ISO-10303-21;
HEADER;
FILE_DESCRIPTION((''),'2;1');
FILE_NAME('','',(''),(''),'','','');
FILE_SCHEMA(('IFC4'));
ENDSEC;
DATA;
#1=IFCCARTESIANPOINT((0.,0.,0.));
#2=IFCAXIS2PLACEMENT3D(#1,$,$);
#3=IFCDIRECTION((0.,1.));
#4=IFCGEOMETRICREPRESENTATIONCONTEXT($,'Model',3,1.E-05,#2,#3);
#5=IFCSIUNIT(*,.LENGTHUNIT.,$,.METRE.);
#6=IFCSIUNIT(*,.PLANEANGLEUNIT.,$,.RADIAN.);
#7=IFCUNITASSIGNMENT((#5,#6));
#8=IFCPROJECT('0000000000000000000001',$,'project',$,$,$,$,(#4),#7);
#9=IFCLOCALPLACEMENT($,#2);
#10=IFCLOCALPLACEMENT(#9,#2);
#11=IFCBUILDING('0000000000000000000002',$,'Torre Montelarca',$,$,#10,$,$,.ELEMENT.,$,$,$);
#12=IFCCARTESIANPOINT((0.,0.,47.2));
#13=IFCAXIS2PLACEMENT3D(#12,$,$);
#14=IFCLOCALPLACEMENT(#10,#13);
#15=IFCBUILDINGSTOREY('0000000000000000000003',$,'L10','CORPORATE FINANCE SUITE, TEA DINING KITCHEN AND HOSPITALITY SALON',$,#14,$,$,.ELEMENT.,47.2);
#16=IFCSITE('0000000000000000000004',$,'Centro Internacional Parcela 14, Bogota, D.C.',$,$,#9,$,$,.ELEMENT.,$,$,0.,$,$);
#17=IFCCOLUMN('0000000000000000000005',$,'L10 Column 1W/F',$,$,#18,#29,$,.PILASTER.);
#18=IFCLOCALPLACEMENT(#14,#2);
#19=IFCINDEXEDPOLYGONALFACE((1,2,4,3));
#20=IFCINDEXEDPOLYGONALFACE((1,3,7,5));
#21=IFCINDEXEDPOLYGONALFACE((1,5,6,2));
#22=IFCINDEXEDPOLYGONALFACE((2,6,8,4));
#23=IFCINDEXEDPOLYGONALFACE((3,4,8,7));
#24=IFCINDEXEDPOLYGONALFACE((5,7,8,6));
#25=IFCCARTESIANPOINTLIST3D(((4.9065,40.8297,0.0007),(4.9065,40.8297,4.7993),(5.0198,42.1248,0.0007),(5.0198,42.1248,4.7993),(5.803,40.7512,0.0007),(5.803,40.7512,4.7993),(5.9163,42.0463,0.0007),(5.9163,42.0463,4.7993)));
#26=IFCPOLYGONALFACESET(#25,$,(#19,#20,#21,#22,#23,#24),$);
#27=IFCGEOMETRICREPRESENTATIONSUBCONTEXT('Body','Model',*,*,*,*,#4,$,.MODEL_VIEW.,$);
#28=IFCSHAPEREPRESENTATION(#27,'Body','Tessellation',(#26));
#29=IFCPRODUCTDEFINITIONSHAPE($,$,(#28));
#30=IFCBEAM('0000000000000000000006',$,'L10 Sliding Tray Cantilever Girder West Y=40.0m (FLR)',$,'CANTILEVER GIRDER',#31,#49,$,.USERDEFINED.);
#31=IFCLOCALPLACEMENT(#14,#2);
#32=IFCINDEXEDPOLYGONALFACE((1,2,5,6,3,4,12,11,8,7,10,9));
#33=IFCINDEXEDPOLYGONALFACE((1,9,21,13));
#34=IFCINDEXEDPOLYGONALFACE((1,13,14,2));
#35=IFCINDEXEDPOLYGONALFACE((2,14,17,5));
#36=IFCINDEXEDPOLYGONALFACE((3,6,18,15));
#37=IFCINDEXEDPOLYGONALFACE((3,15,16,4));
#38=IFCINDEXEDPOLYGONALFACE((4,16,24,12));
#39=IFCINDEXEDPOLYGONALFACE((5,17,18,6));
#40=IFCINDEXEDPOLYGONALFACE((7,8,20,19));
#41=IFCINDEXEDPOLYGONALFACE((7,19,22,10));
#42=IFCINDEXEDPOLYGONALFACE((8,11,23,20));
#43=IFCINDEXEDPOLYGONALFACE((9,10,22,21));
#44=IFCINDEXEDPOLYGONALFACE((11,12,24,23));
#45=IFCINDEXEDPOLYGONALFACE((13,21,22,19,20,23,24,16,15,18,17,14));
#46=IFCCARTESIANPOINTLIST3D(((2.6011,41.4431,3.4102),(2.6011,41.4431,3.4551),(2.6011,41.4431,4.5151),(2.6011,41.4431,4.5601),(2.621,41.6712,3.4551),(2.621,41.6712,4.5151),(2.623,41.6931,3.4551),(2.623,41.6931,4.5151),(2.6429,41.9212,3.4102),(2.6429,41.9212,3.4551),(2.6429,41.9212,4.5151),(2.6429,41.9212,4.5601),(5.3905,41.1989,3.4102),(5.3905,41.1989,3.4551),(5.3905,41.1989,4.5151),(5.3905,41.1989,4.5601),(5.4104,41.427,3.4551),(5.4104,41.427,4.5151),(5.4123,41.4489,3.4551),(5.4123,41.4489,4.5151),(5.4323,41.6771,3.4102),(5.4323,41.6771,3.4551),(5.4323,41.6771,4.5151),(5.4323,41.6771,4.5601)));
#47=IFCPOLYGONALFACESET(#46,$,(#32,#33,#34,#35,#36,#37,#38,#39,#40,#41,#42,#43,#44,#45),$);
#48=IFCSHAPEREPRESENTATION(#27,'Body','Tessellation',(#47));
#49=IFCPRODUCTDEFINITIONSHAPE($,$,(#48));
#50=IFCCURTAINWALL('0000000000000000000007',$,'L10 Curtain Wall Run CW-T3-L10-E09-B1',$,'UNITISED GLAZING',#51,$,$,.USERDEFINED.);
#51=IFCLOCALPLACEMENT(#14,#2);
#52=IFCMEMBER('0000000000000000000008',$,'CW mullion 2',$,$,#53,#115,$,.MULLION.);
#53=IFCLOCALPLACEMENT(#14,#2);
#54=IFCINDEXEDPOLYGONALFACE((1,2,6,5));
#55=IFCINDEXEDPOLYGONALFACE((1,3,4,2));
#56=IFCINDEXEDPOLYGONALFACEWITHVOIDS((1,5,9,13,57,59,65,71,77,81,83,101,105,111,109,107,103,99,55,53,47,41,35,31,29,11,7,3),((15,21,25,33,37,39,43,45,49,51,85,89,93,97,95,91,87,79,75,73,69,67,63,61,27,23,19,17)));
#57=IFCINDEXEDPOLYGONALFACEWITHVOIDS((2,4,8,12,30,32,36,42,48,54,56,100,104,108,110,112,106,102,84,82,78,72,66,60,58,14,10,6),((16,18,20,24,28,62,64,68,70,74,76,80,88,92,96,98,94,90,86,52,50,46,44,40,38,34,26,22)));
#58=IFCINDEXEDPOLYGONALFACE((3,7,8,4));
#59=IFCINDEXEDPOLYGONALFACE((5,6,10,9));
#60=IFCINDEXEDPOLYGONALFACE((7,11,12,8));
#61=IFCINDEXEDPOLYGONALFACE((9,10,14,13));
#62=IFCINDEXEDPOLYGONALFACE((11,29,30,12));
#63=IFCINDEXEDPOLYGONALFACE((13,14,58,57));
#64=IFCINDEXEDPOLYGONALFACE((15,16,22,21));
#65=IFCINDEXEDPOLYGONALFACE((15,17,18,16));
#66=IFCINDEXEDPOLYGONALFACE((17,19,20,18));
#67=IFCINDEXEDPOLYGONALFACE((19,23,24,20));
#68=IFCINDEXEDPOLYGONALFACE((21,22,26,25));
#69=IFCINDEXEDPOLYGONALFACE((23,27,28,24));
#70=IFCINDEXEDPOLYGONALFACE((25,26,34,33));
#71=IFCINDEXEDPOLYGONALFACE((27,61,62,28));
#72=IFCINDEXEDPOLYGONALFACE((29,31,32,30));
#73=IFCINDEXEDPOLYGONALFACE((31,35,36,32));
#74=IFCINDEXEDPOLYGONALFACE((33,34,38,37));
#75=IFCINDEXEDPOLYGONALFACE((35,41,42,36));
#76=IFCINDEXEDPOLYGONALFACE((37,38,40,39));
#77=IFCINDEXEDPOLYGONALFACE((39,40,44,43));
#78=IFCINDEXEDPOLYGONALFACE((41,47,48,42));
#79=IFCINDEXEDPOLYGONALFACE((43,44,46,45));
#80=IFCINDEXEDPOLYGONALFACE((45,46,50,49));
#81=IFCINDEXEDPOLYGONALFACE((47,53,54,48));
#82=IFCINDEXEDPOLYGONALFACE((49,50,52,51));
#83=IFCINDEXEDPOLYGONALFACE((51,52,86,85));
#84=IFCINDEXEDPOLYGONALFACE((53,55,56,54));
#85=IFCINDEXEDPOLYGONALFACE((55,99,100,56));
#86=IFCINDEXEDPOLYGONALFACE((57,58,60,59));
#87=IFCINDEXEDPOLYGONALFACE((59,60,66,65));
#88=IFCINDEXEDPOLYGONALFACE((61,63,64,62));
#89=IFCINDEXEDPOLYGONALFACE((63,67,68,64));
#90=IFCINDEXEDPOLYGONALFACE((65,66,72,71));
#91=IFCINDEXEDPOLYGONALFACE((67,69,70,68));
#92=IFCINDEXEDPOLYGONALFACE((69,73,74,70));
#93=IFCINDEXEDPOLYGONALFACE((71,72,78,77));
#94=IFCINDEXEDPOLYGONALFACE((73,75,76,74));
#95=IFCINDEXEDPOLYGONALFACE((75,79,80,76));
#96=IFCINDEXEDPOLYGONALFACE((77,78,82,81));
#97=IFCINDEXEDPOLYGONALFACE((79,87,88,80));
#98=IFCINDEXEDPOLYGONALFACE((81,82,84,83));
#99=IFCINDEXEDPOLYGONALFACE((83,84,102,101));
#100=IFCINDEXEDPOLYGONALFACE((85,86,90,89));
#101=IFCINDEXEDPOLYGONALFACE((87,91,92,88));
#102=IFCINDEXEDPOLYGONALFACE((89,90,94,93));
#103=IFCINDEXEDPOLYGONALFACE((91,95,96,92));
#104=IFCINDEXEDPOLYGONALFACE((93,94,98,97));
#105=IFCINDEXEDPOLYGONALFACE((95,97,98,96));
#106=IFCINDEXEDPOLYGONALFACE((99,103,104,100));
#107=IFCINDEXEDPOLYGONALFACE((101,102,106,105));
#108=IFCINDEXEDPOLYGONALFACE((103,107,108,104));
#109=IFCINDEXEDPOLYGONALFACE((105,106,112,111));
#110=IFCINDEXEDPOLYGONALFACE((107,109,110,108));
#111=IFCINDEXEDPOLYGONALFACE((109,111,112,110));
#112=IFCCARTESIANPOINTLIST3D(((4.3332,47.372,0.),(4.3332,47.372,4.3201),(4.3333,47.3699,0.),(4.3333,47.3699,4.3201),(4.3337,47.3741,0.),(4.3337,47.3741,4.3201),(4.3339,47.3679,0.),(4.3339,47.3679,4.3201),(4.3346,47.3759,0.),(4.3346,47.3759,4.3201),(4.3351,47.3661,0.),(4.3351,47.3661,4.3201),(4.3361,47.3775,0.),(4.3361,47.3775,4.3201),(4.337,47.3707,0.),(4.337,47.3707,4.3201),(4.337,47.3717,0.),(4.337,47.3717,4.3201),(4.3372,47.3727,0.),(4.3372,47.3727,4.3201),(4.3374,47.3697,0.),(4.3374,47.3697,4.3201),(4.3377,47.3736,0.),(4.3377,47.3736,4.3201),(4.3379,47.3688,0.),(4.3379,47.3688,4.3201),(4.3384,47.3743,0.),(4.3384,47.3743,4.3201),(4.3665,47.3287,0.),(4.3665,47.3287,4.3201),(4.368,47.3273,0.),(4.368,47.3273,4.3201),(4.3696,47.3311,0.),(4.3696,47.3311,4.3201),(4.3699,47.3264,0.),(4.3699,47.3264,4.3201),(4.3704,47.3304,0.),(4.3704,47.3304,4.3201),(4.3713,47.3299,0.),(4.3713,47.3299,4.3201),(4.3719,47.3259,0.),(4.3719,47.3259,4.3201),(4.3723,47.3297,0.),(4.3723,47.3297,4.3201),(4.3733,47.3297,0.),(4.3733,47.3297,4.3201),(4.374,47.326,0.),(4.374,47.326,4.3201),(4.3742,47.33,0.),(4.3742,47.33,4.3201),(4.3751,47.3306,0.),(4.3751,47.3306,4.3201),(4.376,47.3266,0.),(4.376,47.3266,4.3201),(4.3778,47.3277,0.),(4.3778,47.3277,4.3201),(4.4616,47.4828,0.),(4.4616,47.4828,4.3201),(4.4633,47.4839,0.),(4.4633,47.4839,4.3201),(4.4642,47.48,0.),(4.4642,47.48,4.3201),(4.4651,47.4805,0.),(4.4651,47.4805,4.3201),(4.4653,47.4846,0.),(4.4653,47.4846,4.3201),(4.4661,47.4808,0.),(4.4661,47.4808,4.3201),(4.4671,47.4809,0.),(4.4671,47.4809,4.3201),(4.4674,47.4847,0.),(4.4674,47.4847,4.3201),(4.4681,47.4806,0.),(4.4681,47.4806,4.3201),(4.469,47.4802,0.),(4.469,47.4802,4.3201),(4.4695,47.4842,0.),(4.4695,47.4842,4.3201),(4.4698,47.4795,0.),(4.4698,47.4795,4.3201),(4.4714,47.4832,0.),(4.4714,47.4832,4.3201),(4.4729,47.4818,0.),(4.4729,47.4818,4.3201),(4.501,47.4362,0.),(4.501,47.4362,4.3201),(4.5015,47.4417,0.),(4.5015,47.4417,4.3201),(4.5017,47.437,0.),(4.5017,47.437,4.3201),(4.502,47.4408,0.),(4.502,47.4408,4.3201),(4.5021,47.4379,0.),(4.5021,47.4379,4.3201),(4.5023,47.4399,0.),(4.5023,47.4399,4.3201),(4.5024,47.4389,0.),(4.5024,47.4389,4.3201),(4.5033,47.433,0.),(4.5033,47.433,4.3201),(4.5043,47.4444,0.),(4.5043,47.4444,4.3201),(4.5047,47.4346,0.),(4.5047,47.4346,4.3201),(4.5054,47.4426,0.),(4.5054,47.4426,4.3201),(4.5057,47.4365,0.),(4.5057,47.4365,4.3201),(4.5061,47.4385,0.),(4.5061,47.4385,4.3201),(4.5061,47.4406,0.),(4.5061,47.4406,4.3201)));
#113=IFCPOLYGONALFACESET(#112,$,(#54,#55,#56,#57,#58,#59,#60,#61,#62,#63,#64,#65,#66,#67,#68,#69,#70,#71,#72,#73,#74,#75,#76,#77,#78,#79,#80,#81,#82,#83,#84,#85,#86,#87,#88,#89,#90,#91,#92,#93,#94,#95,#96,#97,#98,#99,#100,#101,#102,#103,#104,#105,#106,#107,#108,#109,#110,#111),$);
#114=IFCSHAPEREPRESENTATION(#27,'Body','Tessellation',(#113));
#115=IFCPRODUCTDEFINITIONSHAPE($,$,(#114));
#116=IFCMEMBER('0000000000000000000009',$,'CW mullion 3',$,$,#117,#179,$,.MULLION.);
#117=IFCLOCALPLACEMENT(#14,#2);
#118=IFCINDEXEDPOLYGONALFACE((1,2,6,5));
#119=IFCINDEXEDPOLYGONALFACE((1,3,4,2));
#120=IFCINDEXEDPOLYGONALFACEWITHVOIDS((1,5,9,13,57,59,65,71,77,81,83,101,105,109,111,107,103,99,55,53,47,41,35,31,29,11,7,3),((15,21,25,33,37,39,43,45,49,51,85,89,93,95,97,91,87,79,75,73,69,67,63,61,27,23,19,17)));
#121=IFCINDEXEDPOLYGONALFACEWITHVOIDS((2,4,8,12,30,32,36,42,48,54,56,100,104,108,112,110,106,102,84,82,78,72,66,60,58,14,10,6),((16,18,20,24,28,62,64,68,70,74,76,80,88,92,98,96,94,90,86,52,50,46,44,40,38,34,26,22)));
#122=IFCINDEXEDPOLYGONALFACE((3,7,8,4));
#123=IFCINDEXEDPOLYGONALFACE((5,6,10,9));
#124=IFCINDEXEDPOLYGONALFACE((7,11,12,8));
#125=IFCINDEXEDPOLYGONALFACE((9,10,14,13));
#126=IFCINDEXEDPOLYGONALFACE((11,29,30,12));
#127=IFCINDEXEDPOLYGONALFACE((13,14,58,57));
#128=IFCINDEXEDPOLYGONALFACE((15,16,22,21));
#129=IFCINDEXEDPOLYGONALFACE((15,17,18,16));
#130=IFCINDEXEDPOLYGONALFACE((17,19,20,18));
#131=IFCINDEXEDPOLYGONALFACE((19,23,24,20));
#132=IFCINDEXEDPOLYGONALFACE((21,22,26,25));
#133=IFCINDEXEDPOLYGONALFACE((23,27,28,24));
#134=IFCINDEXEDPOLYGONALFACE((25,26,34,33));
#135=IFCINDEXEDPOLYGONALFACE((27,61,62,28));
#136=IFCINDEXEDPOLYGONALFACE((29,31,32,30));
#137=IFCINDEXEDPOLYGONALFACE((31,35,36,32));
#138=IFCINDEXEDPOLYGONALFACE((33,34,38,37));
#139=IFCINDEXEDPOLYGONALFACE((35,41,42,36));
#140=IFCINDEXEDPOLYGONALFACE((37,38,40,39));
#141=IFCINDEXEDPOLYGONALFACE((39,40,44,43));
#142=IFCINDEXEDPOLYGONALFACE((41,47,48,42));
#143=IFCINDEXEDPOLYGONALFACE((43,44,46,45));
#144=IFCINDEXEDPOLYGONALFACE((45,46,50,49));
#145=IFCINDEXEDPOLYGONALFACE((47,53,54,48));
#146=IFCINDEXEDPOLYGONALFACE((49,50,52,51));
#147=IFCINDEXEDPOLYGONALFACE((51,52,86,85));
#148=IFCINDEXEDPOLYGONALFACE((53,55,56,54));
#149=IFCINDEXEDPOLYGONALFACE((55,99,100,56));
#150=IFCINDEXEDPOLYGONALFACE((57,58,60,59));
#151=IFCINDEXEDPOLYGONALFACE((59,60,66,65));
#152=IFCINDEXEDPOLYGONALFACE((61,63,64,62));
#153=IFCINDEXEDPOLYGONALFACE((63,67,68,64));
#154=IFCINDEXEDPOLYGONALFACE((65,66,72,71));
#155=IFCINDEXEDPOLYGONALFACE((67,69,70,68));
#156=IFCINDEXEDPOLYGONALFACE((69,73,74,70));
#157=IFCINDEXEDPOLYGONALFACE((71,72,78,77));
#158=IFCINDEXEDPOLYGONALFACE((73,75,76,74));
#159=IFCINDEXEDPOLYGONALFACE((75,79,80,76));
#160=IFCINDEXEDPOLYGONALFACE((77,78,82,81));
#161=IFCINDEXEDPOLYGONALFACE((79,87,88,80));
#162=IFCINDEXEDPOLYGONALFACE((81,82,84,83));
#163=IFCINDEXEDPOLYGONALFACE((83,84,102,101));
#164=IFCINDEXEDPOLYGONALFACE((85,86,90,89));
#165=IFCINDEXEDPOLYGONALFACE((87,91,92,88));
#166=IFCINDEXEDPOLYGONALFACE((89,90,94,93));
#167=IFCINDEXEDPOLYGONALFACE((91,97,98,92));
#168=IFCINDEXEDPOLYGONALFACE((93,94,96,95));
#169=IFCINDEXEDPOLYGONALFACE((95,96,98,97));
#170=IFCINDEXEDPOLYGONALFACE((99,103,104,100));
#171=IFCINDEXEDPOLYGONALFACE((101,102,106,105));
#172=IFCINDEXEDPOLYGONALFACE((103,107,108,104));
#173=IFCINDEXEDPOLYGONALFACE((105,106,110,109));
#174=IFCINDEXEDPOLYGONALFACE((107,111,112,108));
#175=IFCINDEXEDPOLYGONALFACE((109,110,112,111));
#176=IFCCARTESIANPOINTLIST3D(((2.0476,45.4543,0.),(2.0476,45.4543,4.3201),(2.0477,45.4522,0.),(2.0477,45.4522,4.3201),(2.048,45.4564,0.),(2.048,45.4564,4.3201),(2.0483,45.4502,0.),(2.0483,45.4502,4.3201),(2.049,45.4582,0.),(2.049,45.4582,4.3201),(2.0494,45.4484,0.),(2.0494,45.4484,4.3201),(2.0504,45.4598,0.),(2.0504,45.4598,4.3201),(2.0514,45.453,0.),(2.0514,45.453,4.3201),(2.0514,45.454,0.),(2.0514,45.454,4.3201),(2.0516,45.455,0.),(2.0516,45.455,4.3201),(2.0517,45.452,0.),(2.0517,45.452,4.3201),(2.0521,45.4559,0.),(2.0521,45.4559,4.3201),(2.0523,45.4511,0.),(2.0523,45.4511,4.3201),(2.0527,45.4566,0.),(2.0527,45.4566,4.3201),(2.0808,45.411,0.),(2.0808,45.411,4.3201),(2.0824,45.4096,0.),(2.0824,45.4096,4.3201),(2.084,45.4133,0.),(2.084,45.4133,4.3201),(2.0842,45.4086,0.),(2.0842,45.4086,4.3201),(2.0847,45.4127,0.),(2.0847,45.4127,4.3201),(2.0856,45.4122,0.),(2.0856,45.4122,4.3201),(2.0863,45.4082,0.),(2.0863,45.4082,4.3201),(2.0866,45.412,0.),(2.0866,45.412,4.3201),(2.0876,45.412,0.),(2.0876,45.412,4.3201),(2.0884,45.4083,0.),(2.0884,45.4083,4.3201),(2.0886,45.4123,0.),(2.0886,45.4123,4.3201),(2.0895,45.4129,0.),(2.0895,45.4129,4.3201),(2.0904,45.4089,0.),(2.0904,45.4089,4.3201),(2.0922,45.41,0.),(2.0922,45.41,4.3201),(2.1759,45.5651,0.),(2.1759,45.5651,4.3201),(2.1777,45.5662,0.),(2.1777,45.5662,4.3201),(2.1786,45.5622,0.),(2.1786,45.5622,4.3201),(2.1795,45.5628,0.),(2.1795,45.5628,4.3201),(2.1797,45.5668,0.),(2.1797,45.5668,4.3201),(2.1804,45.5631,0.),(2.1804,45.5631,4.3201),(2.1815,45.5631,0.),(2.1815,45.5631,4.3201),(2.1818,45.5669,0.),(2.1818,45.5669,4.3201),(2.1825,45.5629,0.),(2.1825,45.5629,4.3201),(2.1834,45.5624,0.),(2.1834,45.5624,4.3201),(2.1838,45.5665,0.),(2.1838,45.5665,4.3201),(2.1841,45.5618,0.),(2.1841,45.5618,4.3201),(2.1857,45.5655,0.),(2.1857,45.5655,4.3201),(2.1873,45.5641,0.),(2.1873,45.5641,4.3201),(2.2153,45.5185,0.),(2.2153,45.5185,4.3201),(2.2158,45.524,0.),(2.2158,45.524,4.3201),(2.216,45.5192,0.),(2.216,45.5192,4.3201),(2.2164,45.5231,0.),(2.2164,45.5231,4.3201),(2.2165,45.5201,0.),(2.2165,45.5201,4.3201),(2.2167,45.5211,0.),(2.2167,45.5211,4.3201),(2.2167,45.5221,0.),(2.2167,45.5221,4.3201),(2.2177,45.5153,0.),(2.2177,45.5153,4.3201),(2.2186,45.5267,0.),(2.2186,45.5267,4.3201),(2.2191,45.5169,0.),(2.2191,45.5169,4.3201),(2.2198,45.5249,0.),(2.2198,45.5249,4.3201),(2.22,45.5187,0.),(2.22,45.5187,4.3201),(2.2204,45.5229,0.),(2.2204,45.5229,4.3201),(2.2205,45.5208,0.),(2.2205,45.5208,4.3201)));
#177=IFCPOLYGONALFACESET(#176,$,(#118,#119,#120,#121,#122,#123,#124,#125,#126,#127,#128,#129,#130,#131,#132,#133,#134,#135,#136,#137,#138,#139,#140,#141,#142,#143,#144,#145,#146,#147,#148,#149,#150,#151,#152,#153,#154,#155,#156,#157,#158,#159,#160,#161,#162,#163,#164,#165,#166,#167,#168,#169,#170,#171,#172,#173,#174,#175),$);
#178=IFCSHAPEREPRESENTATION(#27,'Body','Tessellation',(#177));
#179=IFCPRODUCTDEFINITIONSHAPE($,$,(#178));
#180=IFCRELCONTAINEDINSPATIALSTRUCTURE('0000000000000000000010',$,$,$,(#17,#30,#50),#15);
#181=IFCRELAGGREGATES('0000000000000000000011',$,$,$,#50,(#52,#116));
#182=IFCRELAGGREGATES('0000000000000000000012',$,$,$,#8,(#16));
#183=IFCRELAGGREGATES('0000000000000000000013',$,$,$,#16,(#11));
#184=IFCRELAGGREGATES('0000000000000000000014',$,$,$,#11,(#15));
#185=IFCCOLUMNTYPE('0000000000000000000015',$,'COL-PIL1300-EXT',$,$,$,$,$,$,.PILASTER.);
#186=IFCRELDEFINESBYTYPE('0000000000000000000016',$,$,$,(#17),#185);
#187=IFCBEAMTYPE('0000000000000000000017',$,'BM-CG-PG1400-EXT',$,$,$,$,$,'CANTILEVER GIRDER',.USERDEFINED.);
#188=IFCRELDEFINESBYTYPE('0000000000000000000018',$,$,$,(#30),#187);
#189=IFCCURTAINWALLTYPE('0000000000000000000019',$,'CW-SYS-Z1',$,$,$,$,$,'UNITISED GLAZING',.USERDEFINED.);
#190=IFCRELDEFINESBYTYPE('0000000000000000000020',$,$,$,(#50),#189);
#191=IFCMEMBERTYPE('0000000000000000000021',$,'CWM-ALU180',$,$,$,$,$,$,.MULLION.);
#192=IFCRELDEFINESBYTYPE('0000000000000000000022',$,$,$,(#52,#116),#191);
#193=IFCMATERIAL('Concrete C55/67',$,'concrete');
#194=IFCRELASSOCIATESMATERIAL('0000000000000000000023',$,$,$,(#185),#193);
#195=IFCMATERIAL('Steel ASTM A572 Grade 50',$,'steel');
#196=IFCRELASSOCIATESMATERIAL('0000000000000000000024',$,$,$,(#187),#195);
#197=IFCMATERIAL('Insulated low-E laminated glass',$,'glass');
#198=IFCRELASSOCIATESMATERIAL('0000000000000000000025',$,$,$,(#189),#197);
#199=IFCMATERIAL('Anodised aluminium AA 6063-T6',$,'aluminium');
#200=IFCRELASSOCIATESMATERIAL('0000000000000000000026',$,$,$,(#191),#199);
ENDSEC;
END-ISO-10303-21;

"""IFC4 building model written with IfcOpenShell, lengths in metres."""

from ifc_helpers import new_model, si_unit, direction, frame, origin, origin_2d, place, context, subcontext, project, spatial, rectangle, hollow_rectangle, i_section, extrude, source, transform, mapped, material, material_profile, profile_set, type_object, element, aggregate, save


model = new_model("IFC4")

# Units and contexts
model_context = context("Model", 3, precision=1e-05, world=origin(), true_north=direction((0.0, 1.0)))
body_context = subcontext(model_context, "Body", "Model", "MODEL_VIEW")
ifc_project = project(units=[si_unit("LENGTHUNIT", "METRE"), si_unit("PLANEANGLEUNIT", "RADIAN")], contexts=[model_context])

# Site, building, storey
site_placement = place(None, origin())
site = spatial("IfcSite", under=ifc_project, at=site_placement, Name="Centro Internacional Parcela 14, Bogota, D.C.", CompositionType="ELEMENT", RefElevation=0.0)
building_placement = place(site_placement, origin())
building = spatial("IfcBuilding", under=site, at=building_placement, Name="Torre Montelarca", CompositionType="ELEMENT")
storey_placement = place(building_placement, frame((0.0, 0.0, 47.2)))
storey = spatial("IfcBuildingStorey", under=building, at=storey_placement, Name="L10", Description="CORPORATE FINANCE SUITE, TEA DINING KITCHEN AND HOSPITALITY SALON", CompositionType="ELEMENT", Elevation=47.2)

# Column
ifc_material_1 = material(Name="Concrete C55/67", Category="concrete")
ifc_material_profile_1 = material_profile(ifc_material_1, rectangle(XDim=0.8999, YDim=1.3, at=origin_2d()), Name="RC1300X900", Category="concrete")
ifc_profile_set_1 = profile_set([ifc_material_profile_1], Name="Concrete C55/67")
column_type = type_object("IfcColumnType", Name="COL-PIL1300-EXT", PredefinedType="PILASTER", material=ifc_profile_set_1)
shared_shape_1 = source(origin(), body_context, "Body", "SweptSolid", [
    extrude(rectangle(XDim=0.8999, YDim=1.3, at=origin_2d()), origin(), (0.0, 0.0, 1.0), 4.7986),
])
column_placement = place(storey_placement, frame((5.4114, 41.438, 0.0007), z_axis=(0.0, 0.0, 1.0), x_axis=(-0.996195, 0.087156, 0.0)))
element("IfcColumn", 1, at=column_placement, inside=storey, type_object=column_type, Name="L10 Column 1W/F", PredefinedType="PILASTER", context=body_context, shape_type="MappedRepresentation", body=[
    mapped(shared_shape_1, transform((0.0, 0.0, 0.0), scale=1.0)),
])

# Beam
ifc_material_2 = material(Name="Steel ASTM A572 Grade 50", Category="steel")
ifc_material_profile_2 = material_profile(ifc_material_2, i_section(OverallWidth=0.48, OverallDepth=1.1499, WebThickness=0.022, FlangeThickness=0.0449, at=origin_2d()), Name="PG1150X480X22X45", Category="steel")
ifc_profile_set_2 = profile_set([ifc_material_profile_2], Name="Steel ASTM A572 Grade 50")
beam_type = type_object("IfcBeamType", Name="BM-CG-PG1400-EXT", ElementType="CANTILEVER GIRDER", PredefinedType="USERDEFINED", material=ifc_profile_set_2)
shared_shape_2 = source(origin(), body_context, "Body", "SweptSolid", [
    extrude(i_section(OverallWidth=0.48, OverallDepth=1.1499, WebThickness=0.022, FlangeThickness=0.0449, at=origin_2d()), origin(), (0.0, 0.0, 1.0), 2.8),
])
beam_placement = place(storey_placement, frame((5.4114, 41.438, 3.9851), z_axis=(-0.996191, 0.087194, 0.0), x_axis=(-0.087194, -0.996191, 0.0)))
element("IfcBeam", 2, at=beam_placement, inside=storey, type_object=beam_type, Name="L10 Sliding Tray Cantilever Girder West Y=40.0m (FLR)", ObjectType="CANTILEVER GIRDER", PredefinedType="USERDEFINED", context=body_context, shape_type="MappedRepresentation", body=[
    mapped(shared_shape_2, transform((0.0, 0.0, 0.0), scale=1.0)),
])

# Curtain wall, members
ifc_material_3 = material(Name="Insulated low-E laminated glass", Category="glass")
curtain_wall_type = type_object("IfcCurtainWallType", Name="CW-SYS-Z1", ElementType="UNITISED GLAZING", PredefinedType="USERDEFINED", material=ifc_material_3)
curtain_wall_1_placement = place(storey_placement, origin())
curtain_wall_1 = element("IfcCurtainWall", 3, at=curtain_wall_1_placement, inside=storey, type_object=curtain_wall_type, Name="L10 Curtain Wall Run CW-T3-L10-E09-B1", ObjectType="UNITISED GLAZING", PredefinedType="USERDEFINED")
ifc_material_4 = material(Name="Anodised aluminium AA 6063-T6", Category="aluminium")
ifc_material_profile_3 = material_profile(ifc_material_4, hollow_rectangle(XDim=0.0649, YDim=0.1799, WallThickness=0.0039, InnerFilletRadius=0.0039, OuterFilletRadius=0.0081, at=origin_2d()), Name="ALU65X180X4", Category="aluminium")
ifc_profile_set_3 = profile_set([ifc_material_profile_3], Name="Anodised aluminium AA 6063-T6")
member_type_1 = type_object("IfcMemberType", Name="CWM-ALU180", PredefinedType="MULLION", material=ifc_profile_set_3)
shared_shape_3 = source(origin(), body_context, "Body", "SweptSolid", [
    extrude(hollow_rectangle(XDim=0.0649, YDim=0.1799, WallThickness=0.0039, InnerFilletRadius=0.0039, OuterFilletRadius=0.0081, at=origin_2d()), origin(), (0.0, 0.0, 1.0), 4.3201),
])
member_1_placement = place(storey_placement, frame((4.4197, 47.4053, 0.0), z_axis=(0.0, 0.0, 1.0), x_axis=(0.64279, -0.766043, 0.0)))
member_1 = element("IfcMember", 4, at=member_1_placement, type_object=member_type_1, Name="CW mullion 2", PredefinedType="MULLION", context=body_context, shape_type="MappedRepresentation", body=[
    mapped(shared_shape_3, transform((0.0, 0.0, 0.0), scale=1.0)),
])
member_2_placement = place(storey_placement, frame((2.134, 45.4875, 0.0), z_axis=(0.0, 0.0, 1.0), x_axis=(0.64279, -0.766043, 0.0)))
member_2 = element("IfcMember", 5, at=member_2_placement, type_object=member_type_1, Name="CW mullion 3", PredefinedType="MULLION", context=body_context, shape_type="MappedRepresentation", body=[
    mapped(shared_shape_3, transform((0.0, 0.0, 0.0), scale=1.0)),
])

aggregate(curtain_wall_1, [member_1, member_2])

save(model, "model.ifc")
